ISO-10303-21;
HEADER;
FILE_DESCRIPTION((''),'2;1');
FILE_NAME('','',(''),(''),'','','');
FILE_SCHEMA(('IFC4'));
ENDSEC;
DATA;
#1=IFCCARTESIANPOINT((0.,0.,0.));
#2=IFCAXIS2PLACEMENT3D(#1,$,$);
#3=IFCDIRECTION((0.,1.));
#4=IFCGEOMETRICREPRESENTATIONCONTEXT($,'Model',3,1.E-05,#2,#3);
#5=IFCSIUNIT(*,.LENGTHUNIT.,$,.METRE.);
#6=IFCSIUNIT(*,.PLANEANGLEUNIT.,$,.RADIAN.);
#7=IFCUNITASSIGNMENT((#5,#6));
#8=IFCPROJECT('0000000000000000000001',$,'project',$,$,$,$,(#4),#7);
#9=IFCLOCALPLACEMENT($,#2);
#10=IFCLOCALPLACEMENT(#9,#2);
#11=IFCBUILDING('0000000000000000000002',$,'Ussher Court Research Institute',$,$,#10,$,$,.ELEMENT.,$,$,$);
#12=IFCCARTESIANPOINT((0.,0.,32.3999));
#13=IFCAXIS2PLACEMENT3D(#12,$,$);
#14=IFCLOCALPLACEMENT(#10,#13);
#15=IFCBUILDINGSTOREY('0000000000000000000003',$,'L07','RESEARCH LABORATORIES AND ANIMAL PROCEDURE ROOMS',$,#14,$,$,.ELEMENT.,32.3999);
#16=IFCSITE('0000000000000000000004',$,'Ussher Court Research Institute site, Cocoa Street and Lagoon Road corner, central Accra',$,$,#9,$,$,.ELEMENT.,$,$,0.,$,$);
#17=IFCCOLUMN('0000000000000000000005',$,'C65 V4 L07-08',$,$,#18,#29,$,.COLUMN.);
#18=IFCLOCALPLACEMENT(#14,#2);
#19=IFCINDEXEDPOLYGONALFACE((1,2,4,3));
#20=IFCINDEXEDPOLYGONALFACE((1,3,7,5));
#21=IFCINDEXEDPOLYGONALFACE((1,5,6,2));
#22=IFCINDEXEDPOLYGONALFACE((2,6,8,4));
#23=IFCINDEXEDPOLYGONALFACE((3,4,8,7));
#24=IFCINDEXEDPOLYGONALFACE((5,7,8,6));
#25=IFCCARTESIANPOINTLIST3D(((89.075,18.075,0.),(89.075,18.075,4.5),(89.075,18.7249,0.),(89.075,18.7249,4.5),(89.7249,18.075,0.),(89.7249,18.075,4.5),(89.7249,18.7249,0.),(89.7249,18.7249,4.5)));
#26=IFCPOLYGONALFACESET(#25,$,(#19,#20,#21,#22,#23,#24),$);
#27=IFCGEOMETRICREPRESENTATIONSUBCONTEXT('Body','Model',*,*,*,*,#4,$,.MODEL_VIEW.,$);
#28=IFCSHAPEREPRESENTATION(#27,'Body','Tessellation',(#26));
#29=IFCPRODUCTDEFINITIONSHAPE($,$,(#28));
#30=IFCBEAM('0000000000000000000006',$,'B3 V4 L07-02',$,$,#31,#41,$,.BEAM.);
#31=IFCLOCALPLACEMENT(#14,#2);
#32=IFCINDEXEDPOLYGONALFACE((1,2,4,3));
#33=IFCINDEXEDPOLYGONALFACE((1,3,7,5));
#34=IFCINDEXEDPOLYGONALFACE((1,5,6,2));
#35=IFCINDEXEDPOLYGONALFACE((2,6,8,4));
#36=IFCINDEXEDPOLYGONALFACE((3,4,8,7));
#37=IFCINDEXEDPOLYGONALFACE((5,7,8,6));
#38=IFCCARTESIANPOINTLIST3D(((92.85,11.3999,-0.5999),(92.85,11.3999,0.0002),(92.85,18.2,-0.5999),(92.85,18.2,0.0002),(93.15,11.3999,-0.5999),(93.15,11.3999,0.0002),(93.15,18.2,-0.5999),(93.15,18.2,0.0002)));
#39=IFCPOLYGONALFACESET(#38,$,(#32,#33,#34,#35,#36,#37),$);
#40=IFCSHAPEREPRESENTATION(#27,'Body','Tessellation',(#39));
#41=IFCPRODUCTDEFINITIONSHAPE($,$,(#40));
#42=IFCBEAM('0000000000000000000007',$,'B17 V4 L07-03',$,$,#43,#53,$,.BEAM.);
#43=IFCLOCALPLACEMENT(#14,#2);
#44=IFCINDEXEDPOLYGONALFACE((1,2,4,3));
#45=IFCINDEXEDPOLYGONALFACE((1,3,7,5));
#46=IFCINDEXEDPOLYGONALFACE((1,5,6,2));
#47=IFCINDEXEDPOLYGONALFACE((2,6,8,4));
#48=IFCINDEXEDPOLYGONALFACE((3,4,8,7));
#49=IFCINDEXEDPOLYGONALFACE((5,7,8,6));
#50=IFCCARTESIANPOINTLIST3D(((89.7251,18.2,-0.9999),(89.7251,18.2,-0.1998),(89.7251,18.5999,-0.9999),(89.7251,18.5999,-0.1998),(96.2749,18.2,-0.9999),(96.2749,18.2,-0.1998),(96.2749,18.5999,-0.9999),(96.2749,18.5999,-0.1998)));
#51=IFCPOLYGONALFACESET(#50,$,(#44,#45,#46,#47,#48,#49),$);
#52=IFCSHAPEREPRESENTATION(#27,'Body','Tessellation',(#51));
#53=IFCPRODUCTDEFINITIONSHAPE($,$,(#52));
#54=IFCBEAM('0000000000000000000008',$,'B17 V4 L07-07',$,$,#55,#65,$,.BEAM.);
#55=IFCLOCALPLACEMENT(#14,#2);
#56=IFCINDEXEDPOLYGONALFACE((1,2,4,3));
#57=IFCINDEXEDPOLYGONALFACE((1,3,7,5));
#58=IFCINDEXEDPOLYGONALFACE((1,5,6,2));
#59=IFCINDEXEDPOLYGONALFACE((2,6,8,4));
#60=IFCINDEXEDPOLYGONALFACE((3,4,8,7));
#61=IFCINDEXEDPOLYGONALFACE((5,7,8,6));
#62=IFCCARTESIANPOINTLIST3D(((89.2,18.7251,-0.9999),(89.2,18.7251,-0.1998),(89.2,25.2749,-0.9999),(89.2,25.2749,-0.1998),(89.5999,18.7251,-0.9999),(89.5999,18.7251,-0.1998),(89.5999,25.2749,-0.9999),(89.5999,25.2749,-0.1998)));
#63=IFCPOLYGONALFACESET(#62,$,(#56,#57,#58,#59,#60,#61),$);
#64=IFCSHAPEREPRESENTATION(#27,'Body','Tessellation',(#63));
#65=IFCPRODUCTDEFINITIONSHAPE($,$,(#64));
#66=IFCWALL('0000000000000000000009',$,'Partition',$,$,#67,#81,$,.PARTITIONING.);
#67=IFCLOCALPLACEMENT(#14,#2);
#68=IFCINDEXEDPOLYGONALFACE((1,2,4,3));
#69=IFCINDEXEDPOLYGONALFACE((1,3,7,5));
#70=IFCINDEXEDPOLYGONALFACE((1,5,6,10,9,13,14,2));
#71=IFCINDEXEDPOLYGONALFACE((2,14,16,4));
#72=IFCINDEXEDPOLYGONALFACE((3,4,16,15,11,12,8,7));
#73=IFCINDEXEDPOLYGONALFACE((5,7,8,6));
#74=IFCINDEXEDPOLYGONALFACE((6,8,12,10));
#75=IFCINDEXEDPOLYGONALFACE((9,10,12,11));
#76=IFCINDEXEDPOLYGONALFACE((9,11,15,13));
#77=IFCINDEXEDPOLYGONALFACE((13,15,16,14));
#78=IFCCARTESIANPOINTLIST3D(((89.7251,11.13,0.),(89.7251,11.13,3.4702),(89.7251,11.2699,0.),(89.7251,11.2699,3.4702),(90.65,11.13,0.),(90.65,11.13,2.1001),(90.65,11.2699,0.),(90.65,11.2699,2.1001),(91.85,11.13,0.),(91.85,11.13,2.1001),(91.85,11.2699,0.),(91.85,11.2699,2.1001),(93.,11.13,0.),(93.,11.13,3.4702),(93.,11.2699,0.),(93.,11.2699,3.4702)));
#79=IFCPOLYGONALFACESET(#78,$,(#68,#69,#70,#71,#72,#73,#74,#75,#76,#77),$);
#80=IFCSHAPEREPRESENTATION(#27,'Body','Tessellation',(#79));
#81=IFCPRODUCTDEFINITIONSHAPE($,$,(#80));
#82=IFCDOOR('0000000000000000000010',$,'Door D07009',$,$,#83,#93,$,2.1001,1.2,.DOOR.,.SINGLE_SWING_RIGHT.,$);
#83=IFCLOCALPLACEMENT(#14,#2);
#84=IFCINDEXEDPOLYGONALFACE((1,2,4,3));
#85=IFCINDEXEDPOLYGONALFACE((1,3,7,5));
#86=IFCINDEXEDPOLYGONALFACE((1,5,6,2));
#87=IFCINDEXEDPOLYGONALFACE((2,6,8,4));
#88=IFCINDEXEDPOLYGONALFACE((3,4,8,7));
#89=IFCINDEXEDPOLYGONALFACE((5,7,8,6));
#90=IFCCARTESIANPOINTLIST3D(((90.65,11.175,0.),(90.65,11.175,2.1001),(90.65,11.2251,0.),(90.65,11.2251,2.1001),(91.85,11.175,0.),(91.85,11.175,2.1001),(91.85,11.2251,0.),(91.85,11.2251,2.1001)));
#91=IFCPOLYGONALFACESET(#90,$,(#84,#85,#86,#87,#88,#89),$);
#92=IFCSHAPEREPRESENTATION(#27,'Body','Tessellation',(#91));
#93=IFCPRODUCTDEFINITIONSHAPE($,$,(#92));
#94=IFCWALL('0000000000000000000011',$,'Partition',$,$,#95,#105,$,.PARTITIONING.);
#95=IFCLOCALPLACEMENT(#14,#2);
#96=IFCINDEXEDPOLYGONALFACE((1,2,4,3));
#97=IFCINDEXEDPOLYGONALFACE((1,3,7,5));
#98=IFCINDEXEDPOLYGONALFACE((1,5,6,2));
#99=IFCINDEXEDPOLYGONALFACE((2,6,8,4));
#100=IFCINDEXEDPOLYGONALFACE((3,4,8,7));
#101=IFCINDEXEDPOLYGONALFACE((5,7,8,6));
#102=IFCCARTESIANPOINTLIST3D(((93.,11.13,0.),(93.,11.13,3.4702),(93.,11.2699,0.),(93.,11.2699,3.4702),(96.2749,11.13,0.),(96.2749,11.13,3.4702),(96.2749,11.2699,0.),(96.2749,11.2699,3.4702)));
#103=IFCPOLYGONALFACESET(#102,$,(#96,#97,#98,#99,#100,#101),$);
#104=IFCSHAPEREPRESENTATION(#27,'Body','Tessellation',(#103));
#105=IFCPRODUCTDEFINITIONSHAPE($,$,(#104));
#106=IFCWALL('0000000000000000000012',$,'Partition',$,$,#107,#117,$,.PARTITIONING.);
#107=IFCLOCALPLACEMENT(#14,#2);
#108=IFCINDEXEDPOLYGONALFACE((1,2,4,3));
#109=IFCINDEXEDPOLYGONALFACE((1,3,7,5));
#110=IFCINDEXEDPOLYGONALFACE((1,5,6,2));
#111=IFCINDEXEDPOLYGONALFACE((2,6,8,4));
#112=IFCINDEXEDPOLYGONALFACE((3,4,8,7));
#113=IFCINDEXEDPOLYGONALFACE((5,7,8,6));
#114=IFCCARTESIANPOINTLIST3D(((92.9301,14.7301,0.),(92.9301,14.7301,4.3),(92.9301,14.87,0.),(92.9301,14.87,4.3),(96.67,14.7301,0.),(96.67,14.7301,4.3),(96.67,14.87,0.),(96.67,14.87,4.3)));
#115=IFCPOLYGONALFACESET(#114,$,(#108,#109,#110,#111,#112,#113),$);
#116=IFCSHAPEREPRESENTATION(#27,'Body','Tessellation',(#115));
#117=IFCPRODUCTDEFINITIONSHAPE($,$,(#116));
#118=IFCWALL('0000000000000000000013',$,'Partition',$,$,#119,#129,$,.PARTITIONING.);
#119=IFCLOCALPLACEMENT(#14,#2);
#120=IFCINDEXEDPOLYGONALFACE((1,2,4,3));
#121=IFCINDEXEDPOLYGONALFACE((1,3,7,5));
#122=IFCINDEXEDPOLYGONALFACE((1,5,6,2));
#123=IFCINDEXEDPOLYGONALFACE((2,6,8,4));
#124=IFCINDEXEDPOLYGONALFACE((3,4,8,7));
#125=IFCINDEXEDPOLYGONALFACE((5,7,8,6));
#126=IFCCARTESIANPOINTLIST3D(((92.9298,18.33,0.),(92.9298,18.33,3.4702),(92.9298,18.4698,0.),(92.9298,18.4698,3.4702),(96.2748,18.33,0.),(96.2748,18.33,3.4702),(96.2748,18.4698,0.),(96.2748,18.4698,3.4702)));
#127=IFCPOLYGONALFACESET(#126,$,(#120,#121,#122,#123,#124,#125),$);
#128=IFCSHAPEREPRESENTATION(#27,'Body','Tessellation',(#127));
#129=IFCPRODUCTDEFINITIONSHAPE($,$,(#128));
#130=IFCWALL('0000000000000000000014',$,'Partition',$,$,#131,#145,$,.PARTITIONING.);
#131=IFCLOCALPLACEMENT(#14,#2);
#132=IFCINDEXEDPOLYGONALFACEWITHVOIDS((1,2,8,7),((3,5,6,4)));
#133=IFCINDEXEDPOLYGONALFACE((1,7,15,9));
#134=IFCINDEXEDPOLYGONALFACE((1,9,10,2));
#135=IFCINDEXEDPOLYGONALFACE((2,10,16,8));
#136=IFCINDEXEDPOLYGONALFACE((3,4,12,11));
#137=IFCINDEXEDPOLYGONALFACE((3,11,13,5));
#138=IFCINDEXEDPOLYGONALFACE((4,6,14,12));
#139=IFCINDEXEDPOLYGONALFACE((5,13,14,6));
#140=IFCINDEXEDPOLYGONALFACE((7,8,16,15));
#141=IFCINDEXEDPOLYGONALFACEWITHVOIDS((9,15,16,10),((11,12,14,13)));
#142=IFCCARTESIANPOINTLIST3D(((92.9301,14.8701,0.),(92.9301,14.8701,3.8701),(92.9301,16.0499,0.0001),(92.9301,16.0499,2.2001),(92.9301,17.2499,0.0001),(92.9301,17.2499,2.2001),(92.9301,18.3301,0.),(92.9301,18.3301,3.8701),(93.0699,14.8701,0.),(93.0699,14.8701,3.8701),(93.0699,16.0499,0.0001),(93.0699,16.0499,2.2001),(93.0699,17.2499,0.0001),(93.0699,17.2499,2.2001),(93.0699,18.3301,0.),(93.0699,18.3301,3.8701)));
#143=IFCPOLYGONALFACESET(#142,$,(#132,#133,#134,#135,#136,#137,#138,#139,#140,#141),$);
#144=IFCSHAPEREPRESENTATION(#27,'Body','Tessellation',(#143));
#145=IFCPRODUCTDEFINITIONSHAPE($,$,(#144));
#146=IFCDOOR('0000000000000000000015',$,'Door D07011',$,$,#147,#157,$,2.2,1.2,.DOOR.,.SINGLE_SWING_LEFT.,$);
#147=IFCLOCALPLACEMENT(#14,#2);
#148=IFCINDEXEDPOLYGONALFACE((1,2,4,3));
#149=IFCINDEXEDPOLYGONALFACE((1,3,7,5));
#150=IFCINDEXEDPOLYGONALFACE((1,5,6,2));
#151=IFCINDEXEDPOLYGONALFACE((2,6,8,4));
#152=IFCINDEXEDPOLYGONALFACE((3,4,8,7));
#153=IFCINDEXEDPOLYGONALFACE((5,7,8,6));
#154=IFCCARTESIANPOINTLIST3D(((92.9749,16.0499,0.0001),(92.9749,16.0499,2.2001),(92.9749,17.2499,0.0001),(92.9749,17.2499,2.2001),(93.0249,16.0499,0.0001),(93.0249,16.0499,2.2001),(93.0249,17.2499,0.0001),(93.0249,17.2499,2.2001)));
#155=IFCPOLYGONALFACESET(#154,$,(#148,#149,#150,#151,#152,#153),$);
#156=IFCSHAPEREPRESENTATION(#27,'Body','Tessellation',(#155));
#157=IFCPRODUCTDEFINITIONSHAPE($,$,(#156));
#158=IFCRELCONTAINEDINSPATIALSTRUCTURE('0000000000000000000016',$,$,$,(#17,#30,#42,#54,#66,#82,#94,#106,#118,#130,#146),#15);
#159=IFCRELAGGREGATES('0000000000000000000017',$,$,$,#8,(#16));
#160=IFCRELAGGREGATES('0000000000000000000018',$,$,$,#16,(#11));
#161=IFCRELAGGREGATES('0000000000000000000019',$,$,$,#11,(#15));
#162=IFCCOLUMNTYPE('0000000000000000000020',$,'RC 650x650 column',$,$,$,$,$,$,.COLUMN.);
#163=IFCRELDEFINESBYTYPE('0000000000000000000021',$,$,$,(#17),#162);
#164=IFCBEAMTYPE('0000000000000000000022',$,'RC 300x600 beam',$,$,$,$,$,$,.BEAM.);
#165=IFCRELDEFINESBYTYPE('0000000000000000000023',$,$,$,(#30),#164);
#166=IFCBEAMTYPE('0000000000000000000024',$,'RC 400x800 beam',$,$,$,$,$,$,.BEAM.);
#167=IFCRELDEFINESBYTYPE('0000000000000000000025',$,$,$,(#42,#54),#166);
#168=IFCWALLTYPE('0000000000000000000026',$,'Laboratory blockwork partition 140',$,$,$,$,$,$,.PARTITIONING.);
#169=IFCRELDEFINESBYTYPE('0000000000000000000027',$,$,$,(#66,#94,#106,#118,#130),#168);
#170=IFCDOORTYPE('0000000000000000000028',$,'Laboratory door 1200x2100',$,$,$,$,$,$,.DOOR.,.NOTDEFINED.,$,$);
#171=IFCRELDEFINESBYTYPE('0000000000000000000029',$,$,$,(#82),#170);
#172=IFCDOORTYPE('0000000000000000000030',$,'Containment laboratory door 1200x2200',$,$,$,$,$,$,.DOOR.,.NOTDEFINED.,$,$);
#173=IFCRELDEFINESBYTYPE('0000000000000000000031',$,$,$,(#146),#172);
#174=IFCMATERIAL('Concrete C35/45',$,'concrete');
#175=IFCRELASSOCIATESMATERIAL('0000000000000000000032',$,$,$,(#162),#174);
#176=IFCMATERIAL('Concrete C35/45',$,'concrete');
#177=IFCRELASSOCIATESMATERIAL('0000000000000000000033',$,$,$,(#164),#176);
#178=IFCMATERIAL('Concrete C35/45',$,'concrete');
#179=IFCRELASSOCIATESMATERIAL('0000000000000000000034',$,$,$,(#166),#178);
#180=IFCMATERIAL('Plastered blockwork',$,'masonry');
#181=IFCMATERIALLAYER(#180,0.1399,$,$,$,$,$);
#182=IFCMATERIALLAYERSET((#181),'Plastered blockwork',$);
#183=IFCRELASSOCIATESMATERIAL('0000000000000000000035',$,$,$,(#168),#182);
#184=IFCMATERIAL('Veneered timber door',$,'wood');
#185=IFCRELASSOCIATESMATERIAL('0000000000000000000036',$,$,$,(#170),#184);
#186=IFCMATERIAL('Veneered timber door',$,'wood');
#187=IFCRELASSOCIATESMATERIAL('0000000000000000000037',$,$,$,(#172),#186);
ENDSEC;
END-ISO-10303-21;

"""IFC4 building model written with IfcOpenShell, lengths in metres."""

from ifc_helpers import new_model, si_unit, direction, frame, frame_2d, origin, origin_2d, place, context, subcontext, project, spatial, rectangle, extrude, material, layer, layer_set, material_profile, profile_set, type_object, element, fill, save


model = new_model("IFC4")

# Units and contexts
model_context = context("Model", 3, precision=1e-05, world=origin(), true_north=direction((0.0, 1.0)))
body_context = subcontext(model_context, "Body", "Model", "MODEL_VIEW")
ifc_project = project(units=[si_unit("LENGTHUNIT", "METRE"), si_unit("PLANEANGLEUNIT", "RADIAN")], contexts=[model_context])

# Site, building, storey
site_placement = place(None, origin())
site = spatial("IfcSite", under=ifc_project, at=site_placement, Name="Ussher Court Research Institute site, Cocoa Street and Lagoon Road corner, central Accra", CompositionType="ELEMENT", RefElevation=0.0)
building_placement = place(site_placement, origin())
building = spatial("IfcBuilding", under=site, at=building_placement, Name="Ussher Court Research Institute", CompositionType="ELEMENT")
storey_placement = place(building_placement, frame((0.0, 0.0, 32.3999)))
storey = spatial("IfcBuildingStorey", under=building, at=storey_placement, Name="L07", Description="RESEARCH LABORATORIES AND ANIMAL PROCEDURE ROOMS", CompositionType="ELEMENT", Elevation=32.3999)

# Column
ifc_material_1 = material(Name="Concrete C35/45", Category="concrete")
ifc_material_profile_1 = material_profile(ifc_material_1, rectangle(XDim=0.6499, YDim=0.6499, at=origin_2d()), Name="RC 650x650")
ifc_profile_set_1 = profile_set([ifc_material_profile_1], Name="Concrete C35/45")
column_type = type_object("IfcColumnType", Name="RC 650x650 column", PredefinedType="COLUMN", material=ifc_profile_set_1)
column_placement = place(storey_placement, frame((89.3999, 18.3999, 0.0), z_axis=(0.0, 0.0, 1.0), x_axis=(1.0, 0.0, 0.0)))
element("IfcColumn", 1, at=column_placement, inside=storey, type_object=column_type, Name="C65 V4 L07-08", PredefinedType="COLUMN", context=body_context, shape_type="SweptSolid", body=[
    extrude(rectangle(XDim=0.6499, YDim=0.6499, at=origin_2d()), origin(), (0.0, 0.0, 1.0), 4.5),
])

# Beams
ifc_material_2 = material(Name="Concrete C35/45", Category="concrete")
ifc_material_profile_2 = material_profile(ifc_material_2, rectangle(XDim=0.3, YDim=0.6001, at=origin_2d()), Name="RC 300x600")
ifc_profile_set_2 = profile_set([ifc_material_profile_2], Name="Concrete C35/45")
beam_type_1 = type_object("IfcBeamType", Name="RC 300x600 beam", PredefinedType="BEAM", material=ifc_profile_set_2)
beam_placement = place(storey_placement, frame((93.0, 11.3999, -0.2998), z_axis=(0.0, 1.0, 0.0), x_axis=(-1.0, 0.0, 0.0)))
element("IfcBeam", 2, at=beam_placement, inside=storey, type_object=beam_type_1, Name="B3 V4 L07-02", PredefinedType="BEAM", context=body_context, shape_type="SweptSolid", body=[
    extrude(rectangle(XDim=0.3, YDim=0.6001, at=origin_2d()), origin(), (0.0, 0.0, 1.0), 6.8),
])
ifc_material_3 = material(Name="Concrete C35/45", Category="concrete")
ifc_material_profile_3 = material_profile(ifc_material_3, rectangle(XDim=0.3999, YDim=0.8, at=origin_2d()), Name="RC 400x800")
ifc_profile_set_3 = profile_set([ifc_material_profile_3], Name="Concrete C35/45")
beam_type_2 = type_object("IfcBeamType", Name="RC 400x800 beam", PredefinedType="BEAM", material=ifc_profile_set_3)
for number, where, z_axis, x_axis, name in (
    (3, (89.7251, 18.3999, -0.5999), (1.0, 0.0, 0.0), (0.0, 1.0, 0.0), "B17 V4 L07-03"),
    (4, (89.3999, 18.7251, -0.5999), (0.0, 1.0, 0.0), (-1.0, 0.0, 0.0), "B17 V4 L07-07"),
):
    element("IfcBeam", number, at=place(storey_placement, frame(where, z_axis=z_axis, x_axis=x_axis)), inside=storey, type_object=beam_type_2, Name=name, PredefinedType="BEAM", context=body_context, shape_type="SweptSolid", body=[
        extrude(rectangle(XDim=0.3999, YDim=0.8, at=origin_2d()), origin(), (0.0, 0.0, 1.0), 6.5498),
    ])

# Wall, opening, door
ifc_material_4 = material(Name="Plastered blockwork", Category="masonry")
ifc_layer_1 = layer(ifc_material_4, 0.1399)
ifc_layer_set_1 = layer_set([ifc_layer_1], Name="Plastered blockwork")
wall_type_1 = type_object("IfcWallType", Name="Laboratory blockwork partition 140", PredefinedType="PARTITIONING", material=ifc_layer_set_1)
wall_1_placement = place(storey_placement, frame((93.0, 11.2, 0.0), z_axis=(0.0, 0.0, 1.0), x_axis=(-1.0, 0.0, 0.0)))
wall_1 = element("IfcWall", 5, at=wall_1_placement, inside=storey, type_object=wall_type_1, Name="Partition", PredefinedType="PARTITIONING", context=body_context, shape_type="SweptSolid", body=[
    extrude(rectangle(XDim=3.2749, YDim=0.1399, at=frame_2d((1.6375, 0.0))), origin(), (0.0, 0.0, 1.0), 3.4702),
])
opening_1_placement = place(wall_1_placement, frame((1.1499, 0.0, 0.0)))
opening_1 = element("IfcOpeningElement", 6, at=opening_1_placement, cuts=wall_1, PredefinedType="OPENING", context=body_context, shape_type="SweptSolid", body=[
    extrude(rectangle(XDim=1.2, YDim=2.1001, at=frame_2d((0.6001, 1.05))), frame((0.0, 0.0801, 0.0), z_axis=(0.0, -1.0, 0.0), x_axis=(1.0, 0.0, 0.0)), (0.0, 0.0, 1.0), 0.1599),
])
ifc_material_5 = material(Name="Veneered timber door", Category="wood")
door_type_1 = type_object("IfcDoorType", Name="Laboratory door 1200x2100", OperationType="NOTDEFINED", PredefinedType="DOOR", material=ifc_material_5)
door_1_placement = place(opening_1_placement, origin())
door_1 = element("IfcDoor", 7, at=door_1_placement, inside=storey, type_object=door_type_1, Name="Door D07009", OperationType="SINGLE_SWING_RIGHT", OverallHeight=2.1001, OverallWidth=1.2, PredefinedType="DOOR", context=body_context, shape_type="SweptSolid", body=[
    extrude(rectangle(XDim=1.2, YDim=2.1001, at=frame_2d((0.6001, 1.05))), frame((0.0, 0.0249, 0.0), z_axis=(0.0, -1.0, 0.0), x_axis=(1.0, 0.0, 0.0)), (0.0, 0.0, 1.0), 0.05),
])
fill(opening_1, door_1)

# Walls
wall_2_placement = place(storey_placement, frame((93.0, 11.2, 0.0), z_axis=(0.0, 0.0, 1.0), x_axis=(1.0, 0.0, 0.0)))
element("IfcWall", 8, at=wall_2_placement, inside=storey, type_object=wall_type_1, Name="Partition", PredefinedType="PARTITIONING", context=body_context, shape_type="SweptSolid", body=[
    extrude(rectangle(XDim=3.2749, YDim=0.1399, at=frame_2d((1.6375, 0.0))), origin(), (0.0, 0.0, 1.0), 3.4702),
])
wall_3_placement = place(storey_placement, frame((92.9299, 14.8, 0.0), z_axis=(0.0, 0.0, 1.0), x_axis=(1.0, 0.0, 0.0)))
element("IfcWall", 9, at=wall_3_placement, inside=storey, type_object=wall_type_1, Name="Partition", PredefinedType="PARTITIONING", context=body_context, shape_type="SweptSolid", body=[
    extrude(rectangle(XDim=3.74, YDim=0.1399, at=frame_2d((1.8701, 0.0))), origin(), (0.0, 0.0, 1.0), 4.3),
])
wall_4_placement = place(storey_placement, frame((92.9299, 18.3999, 0.0), z_axis=(0.0, 0.0, 1.0), x_axis=(1.0, 0.0, 0.0)))
element("IfcWall", 10, at=wall_4_placement, inside=storey, type_object=wall_type_1, Name="Partition", PredefinedType="PARTITIONING", context=body_context, shape_type="SweptSolid", body=[
    extrude(rectangle(XDim=3.345, YDim=0.1399, at=frame_2d((1.6724, 0.0))), origin(), (0.0, 0.0, 1.0), 3.4702),
])

# Wall, opening, door
wall_5_placement = place(storey_placement, frame((93.0, 18.3301, 0.0), z_axis=(0.0, 0.0, 1.0), x_axis=(0.0, -1.0, 0.0)))
wall_5 = element("IfcWall", 11, at=wall_5_placement, inside=storey, type_object=wall_type_1, Name="Partition", PredefinedType="PARTITIONING", context=body_context, shape_type="SweptSolid", body=[
    extrude(rectangle(XDim=3.46, YDim=0.1399, at=frame_2d((1.73, 0.0))), origin(), (0.0, 0.0, 1.0), 3.8701),
])
opening_2_placement = place(wall_5_placement, frame((1.0801, 0.0, 0.0)))
opening_2 = element("IfcOpeningElement", 12, at=opening_2_placement, cuts=wall_5, PredefinedType="OPENING", context=body_context, shape_type="SweptSolid", body=[
    extrude(rectangle(XDim=1.2, YDim=2.2, at=frame_2d((0.6001, 1.1001))), frame((0.0, 0.0801, 0.0), z_axis=(0.0, -1.0, 0.0), x_axis=(1.0, 0.0, 0.0)), (0.0, 0.0, 1.0), 0.1599),
])
ifc_material_6 = material(Name="Veneered timber door", Category="wood")
door_type_2 = type_object("IfcDoorType", Name="Containment laboratory door 1200x2200", OperationType="NOTDEFINED", PredefinedType="DOOR", material=ifc_material_6)
door_2_placement = place(opening_2_placement, origin())
door_2 = element("IfcDoor", 13, at=door_2_placement, inside=storey, type_object=door_type_2, Name="Door D07011", OperationType="SINGLE_SWING_LEFT", OverallHeight=2.2, OverallWidth=1.2, PredefinedType="DOOR", context=body_context, shape_type="SweptSolid", body=[
    extrude(rectangle(XDim=1.2, YDim=2.2, at=frame_2d((0.6001, 1.1001))), frame((0.0, 0.0249, 0.0), z_axis=(0.0, -1.0, 0.0), x_axis=(1.0, 0.0, 0.0)), (0.0, 0.0, 1.0), 0.05),
])
fill(opening_2, door_2)

save(model, "model.ifc")
